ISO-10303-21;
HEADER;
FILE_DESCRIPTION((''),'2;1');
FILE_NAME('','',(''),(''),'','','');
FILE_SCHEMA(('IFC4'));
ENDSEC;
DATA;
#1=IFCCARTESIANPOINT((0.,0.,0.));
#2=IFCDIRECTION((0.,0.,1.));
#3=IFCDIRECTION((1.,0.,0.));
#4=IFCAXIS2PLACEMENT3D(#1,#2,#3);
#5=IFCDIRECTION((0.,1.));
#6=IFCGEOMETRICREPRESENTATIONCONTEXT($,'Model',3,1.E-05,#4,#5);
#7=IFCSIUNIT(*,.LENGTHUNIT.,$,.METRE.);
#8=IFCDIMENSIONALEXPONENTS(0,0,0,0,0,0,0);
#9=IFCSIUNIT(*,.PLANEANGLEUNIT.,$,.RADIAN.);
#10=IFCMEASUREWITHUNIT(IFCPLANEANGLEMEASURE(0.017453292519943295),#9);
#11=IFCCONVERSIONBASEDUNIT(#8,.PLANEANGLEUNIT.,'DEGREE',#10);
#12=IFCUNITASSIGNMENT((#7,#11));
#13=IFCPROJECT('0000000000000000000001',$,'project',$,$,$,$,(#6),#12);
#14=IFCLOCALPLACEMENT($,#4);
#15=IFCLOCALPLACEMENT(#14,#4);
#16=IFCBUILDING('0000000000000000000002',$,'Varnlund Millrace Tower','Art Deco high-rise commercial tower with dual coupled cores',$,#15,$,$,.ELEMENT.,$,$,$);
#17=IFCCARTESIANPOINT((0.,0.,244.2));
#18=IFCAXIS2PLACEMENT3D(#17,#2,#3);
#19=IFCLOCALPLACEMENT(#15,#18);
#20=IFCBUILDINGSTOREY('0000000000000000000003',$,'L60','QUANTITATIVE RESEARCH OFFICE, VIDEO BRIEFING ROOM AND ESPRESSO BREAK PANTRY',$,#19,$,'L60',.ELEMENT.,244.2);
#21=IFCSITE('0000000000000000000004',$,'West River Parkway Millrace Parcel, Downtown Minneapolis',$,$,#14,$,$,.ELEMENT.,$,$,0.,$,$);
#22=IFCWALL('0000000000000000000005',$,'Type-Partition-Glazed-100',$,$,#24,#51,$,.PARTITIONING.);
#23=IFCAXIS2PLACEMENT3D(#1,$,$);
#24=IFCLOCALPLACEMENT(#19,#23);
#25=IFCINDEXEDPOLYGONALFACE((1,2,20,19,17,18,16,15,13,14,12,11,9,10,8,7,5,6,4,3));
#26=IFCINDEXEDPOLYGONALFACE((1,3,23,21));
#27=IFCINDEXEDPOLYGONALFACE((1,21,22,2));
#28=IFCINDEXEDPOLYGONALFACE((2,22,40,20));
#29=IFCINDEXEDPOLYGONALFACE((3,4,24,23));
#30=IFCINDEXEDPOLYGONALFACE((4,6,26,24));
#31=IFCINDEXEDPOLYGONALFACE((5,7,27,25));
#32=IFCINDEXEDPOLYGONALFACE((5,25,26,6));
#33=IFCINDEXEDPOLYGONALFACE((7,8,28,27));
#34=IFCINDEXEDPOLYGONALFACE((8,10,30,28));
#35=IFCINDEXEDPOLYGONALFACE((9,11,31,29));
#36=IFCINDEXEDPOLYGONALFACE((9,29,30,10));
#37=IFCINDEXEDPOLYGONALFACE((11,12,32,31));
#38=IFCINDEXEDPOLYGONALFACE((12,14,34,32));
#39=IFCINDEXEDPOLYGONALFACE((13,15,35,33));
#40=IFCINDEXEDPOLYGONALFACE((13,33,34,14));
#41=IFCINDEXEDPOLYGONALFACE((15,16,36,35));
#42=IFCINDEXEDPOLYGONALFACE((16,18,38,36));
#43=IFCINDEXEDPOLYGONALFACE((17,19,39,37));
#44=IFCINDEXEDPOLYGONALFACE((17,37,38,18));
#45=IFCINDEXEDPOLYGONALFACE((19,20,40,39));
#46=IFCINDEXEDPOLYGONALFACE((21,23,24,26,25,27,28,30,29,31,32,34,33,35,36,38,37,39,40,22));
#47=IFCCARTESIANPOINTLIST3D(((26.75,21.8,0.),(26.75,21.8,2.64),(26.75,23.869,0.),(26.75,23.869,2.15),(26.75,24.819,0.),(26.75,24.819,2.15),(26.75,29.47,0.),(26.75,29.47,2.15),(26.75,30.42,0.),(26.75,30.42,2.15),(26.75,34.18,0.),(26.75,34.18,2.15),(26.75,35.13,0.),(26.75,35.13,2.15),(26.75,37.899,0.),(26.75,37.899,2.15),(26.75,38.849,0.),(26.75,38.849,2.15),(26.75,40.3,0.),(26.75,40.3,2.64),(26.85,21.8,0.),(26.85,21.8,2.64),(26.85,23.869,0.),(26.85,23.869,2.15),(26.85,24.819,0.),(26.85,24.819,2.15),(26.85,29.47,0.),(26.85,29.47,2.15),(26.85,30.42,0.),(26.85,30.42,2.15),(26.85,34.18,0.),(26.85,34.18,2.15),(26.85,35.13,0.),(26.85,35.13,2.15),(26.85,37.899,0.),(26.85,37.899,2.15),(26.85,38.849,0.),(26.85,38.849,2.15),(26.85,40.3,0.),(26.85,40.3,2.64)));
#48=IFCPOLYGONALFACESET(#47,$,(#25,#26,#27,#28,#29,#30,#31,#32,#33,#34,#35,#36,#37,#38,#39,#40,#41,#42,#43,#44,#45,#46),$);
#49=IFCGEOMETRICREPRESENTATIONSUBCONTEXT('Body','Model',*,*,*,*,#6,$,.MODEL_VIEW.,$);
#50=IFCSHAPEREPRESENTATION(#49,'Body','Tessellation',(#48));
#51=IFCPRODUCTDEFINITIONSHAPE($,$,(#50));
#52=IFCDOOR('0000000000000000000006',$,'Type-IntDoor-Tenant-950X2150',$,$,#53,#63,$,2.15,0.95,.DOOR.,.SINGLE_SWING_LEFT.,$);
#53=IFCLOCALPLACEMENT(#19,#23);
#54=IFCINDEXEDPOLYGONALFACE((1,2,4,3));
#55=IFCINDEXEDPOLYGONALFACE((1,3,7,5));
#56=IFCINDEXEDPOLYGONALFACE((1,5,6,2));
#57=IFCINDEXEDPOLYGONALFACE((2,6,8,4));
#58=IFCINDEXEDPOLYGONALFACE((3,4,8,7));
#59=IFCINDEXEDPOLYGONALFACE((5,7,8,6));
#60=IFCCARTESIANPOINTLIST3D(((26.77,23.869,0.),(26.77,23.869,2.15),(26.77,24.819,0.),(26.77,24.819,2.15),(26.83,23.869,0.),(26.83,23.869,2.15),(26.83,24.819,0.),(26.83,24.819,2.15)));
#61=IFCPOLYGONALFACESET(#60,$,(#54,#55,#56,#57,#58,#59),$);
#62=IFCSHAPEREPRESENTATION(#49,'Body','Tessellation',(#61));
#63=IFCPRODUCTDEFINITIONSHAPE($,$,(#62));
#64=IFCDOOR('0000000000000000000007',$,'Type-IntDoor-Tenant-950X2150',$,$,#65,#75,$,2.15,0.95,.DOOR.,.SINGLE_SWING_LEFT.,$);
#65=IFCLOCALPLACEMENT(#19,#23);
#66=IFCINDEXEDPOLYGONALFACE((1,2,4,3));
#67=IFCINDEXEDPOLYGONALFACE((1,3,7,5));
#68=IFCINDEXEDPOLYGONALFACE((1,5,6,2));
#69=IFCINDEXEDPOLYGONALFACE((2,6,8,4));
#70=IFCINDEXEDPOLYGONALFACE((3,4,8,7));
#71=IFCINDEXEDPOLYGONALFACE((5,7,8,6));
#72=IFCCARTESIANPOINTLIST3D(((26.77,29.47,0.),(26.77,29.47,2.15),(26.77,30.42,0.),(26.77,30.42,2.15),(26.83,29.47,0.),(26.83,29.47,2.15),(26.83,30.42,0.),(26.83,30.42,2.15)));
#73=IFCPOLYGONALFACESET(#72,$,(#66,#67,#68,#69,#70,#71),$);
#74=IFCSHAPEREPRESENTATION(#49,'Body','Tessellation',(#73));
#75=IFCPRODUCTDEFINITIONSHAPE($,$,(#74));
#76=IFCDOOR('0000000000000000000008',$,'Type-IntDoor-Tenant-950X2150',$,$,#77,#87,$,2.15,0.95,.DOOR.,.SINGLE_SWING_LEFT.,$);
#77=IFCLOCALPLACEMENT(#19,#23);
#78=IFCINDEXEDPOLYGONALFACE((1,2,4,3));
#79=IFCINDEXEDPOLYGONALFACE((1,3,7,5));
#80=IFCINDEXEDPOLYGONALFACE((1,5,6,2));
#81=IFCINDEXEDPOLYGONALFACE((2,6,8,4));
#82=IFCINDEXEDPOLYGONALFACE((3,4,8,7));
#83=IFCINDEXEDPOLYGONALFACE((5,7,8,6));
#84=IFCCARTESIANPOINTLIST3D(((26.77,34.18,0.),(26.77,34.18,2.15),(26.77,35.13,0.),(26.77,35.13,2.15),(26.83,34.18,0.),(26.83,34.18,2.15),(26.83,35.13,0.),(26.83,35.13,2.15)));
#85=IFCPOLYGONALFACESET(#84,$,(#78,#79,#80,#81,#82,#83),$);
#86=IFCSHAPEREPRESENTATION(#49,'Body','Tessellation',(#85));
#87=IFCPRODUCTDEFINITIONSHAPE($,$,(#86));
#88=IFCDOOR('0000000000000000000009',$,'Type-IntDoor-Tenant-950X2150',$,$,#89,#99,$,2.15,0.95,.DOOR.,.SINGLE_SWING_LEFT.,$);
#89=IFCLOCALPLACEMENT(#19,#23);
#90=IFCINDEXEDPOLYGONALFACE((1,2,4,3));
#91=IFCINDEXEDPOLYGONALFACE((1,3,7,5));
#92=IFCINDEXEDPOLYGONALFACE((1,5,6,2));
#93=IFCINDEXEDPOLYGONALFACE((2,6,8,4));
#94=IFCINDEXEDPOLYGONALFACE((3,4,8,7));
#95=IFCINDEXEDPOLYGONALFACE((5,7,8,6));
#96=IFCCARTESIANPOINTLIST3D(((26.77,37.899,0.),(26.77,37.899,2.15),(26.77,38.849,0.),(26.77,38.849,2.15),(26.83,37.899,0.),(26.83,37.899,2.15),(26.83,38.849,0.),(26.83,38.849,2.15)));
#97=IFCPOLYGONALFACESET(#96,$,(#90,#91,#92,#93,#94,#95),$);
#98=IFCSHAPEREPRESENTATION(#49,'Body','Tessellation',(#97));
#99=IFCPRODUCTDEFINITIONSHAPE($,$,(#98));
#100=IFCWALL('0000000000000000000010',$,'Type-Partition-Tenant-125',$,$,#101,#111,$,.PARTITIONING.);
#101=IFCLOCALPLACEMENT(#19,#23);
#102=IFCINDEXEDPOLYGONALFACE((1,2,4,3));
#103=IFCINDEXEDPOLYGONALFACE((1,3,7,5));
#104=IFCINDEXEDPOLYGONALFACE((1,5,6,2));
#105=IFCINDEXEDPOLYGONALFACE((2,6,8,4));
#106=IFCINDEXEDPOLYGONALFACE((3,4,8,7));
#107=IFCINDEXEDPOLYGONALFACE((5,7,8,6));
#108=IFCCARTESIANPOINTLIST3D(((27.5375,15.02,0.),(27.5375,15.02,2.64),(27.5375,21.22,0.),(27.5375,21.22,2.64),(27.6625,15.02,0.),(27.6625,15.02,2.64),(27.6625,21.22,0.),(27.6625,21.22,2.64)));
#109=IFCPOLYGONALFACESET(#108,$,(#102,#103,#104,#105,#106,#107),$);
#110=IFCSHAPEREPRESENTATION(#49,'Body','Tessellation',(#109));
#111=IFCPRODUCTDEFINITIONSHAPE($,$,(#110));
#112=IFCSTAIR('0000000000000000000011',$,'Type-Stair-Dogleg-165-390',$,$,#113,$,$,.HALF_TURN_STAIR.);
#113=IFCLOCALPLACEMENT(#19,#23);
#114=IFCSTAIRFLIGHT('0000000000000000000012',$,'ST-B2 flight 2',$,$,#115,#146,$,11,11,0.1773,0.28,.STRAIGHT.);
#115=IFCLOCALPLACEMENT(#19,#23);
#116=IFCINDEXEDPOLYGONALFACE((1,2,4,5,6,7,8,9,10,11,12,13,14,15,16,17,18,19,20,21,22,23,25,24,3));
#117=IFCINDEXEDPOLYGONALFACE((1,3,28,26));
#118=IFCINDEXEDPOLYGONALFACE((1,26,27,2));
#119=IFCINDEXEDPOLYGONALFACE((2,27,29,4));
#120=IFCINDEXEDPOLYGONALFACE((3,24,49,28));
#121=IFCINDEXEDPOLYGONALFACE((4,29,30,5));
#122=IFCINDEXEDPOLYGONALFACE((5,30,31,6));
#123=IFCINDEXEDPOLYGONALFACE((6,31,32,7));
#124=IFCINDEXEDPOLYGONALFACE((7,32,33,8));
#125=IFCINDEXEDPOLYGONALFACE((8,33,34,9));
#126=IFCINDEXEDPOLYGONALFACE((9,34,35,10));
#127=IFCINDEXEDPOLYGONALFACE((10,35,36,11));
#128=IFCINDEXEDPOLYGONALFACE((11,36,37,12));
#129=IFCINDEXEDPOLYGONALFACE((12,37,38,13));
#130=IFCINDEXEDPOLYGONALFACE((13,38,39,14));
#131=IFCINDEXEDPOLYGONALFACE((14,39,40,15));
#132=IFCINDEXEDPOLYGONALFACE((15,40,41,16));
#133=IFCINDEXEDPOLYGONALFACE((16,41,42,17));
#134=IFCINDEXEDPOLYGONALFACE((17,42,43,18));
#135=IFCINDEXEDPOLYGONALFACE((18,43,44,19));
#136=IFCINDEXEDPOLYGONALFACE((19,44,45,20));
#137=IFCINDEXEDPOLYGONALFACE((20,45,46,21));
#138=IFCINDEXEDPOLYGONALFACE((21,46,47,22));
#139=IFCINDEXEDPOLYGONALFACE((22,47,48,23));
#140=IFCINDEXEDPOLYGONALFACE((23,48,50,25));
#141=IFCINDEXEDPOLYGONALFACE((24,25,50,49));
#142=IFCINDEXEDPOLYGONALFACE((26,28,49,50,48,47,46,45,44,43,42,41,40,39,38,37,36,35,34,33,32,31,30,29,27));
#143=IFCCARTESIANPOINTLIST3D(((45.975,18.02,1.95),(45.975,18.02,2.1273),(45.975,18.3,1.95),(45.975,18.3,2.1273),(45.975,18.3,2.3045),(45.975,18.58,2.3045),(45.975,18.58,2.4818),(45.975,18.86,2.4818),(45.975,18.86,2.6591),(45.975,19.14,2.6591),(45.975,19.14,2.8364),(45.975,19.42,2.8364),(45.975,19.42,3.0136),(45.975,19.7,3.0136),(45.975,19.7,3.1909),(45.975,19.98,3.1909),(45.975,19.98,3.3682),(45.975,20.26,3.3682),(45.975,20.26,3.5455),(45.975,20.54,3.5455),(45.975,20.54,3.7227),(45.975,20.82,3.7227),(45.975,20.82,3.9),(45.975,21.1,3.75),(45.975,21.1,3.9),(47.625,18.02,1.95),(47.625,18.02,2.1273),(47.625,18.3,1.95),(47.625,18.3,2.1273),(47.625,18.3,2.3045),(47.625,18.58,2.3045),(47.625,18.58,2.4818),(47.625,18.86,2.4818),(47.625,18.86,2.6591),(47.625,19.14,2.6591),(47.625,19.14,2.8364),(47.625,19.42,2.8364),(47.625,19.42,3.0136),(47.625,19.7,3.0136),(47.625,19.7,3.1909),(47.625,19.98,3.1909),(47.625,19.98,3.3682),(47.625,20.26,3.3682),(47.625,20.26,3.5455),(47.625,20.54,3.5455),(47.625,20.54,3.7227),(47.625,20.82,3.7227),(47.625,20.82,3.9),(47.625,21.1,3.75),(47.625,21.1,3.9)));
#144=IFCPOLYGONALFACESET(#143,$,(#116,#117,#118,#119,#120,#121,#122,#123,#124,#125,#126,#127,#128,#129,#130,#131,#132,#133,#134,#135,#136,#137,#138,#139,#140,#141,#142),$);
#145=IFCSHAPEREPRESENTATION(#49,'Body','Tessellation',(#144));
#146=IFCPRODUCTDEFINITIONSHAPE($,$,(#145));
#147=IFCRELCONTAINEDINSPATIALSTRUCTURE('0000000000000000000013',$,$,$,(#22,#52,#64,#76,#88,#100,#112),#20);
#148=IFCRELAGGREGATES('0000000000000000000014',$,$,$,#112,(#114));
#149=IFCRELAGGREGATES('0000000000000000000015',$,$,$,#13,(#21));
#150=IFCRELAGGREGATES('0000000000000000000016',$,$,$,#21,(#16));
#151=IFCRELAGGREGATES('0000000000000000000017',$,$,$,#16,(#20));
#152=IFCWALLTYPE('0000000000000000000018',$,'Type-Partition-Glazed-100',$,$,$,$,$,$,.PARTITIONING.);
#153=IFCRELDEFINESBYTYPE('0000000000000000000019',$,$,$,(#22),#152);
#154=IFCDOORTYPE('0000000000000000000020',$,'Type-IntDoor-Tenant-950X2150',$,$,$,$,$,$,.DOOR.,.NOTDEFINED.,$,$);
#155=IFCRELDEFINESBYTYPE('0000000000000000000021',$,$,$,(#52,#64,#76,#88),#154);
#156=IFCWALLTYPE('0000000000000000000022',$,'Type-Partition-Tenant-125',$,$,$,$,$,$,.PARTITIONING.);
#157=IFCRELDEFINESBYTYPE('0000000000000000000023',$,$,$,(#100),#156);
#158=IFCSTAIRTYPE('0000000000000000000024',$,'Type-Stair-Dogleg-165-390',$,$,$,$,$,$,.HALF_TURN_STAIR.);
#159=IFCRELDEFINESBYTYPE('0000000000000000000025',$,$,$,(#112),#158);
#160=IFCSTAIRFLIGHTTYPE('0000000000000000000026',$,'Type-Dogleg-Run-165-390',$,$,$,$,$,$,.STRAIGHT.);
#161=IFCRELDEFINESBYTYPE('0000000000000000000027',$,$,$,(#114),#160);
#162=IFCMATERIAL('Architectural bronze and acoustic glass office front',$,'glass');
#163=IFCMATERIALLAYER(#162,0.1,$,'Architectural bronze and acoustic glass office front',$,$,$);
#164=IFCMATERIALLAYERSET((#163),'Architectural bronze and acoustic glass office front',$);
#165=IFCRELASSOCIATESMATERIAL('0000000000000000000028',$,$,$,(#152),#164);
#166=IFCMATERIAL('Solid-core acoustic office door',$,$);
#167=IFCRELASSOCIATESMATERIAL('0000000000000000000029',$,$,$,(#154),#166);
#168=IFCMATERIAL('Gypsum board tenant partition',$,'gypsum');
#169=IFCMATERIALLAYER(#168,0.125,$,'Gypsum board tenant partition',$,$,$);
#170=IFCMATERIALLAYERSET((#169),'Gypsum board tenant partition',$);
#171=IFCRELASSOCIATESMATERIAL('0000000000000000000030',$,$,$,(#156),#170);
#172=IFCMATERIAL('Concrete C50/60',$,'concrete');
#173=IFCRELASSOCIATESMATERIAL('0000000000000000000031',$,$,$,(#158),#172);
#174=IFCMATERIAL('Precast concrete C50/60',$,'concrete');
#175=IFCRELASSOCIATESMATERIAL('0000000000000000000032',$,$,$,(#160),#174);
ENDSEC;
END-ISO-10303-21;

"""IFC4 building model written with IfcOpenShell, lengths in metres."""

from ifc_helpers import new_model, entity, si_unit, converted_unit, direction, frame, origin_with_axes, origin_2d_with_axis, place, context, subcontext, project, spatial, polyline, rectangle, outline, extrude, material, layer, layer_set, type_object, element, fill, aggregate, save


model = new_model("IFC4")

# Units and contexts
model_context = context("Model", 3, precision=1e-05, world=origin_with_axes(), true_north=direction((0.0, 1.0)))
body_context = subcontext(model_context, "Body", "Model", "MODEL_VIEW")
ifc_project = project(units=[si_unit("LENGTHUNIT", "METRE"), converted_unit("PLANEANGLEUNIT", "DEGREE", entity("IfcPlaneAngleMeasure", 0.017453292519943295), si_unit("PLANEANGLEUNIT", "RADIAN"), dimensions=[0, 0, 0, 0, 0, 0, 0])], contexts=[model_context])

# Site, building, storey
site_placement = place(None, origin_with_axes())
site = spatial("IfcSite", under=ifc_project, at=site_placement, Name="West River Parkway Millrace Parcel, Downtown Minneapolis", CompositionType="ELEMENT", RefElevation=0.0)
building_placement = place(site_placement, origin_with_axes())
building = spatial("IfcBuilding", under=site, at=building_placement, Name="Varnlund Millrace Tower", Description="Art Deco high-rise commercial tower with dual coupled cores", CompositionType="ELEMENT")
storey_placement = place(building_placement, frame((0.0, 0.0, 244.2), z_axis=(0.0, 0.0, 1.0), x_axis=(1.0, 0.0, 0.0)))
storey = spatial("IfcBuildingStorey", under=building, at=storey_placement, Name="L60", Description="QUANTITATIVE RESEARCH OFFICE, VIDEO BRIEFING ROOM AND ESPRESSO BREAK PANTRY", LongName="L60", CompositionType="ELEMENT", Elevation=244.2)

# Shared definitions
ifc_material_1 = material(Name="Precast concrete C50/60", Category="concrete")

# Wall, openings, doors
ifc_material_2 = material(Name="Architectural bronze and acoustic glass office front", Category="glass")
ifc_layer_1 = layer(ifc_material_2, 0.1, Name="Architectural bronze and acoustic glass office front")
ifc_layer_set_1 = layer_set([ifc_layer_1], Name="Architectural bronze and acoustic glass office front")
wall_type_1 = type_object("IfcWallType", Name="Type-Partition-Glazed-100", PredefinedType="PARTITIONING", material=ifc_layer_set_1)
wall_1_placement = place(storey_placement, frame((26.8, 21.8, 0.0), z_axis=(0.0, 0.0, 1.0), x_axis=(0.0, 1.0, 0.0)))
wall_1 = element("IfcWall", 1, at=wall_1_placement, inside=storey, type_object=wall_type_1, Name="Type-Partition-Glazed-100", PredefinedType="PARTITIONING", context=body_context, shape_type="SweptSolid", body=[
    extrude(outline(polyline([(0.0, -0.05), (18.5, -0.05), (18.5, 0.05), (0.0, 0.05), (0.0, -0.05)])), origin_with_axes(), (0.0, 0.0, 1.0), 2.64),
])
opening_1_placement = place(wall_1_placement, frame((2.544, 0.0, 0.0), z_axis=(0.0, 0.0, 1.0), x_axis=(1.0, 0.0, 0.0)))
opening_1 = element("IfcOpeningElement", 2, at=opening_1_placement, cuts=wall_1, PredefinedType="OPENING", context=body_context, shape_type="SweptSolid", body=[
    extrude(rectangle(XDim=0.95, YDim=0.12, at=origin_2d_with_axis()), origin_with_axes(), (0.0, 0.0, 1.0), 2.15),
])
opening_2_placement = place(wall_1_placement, frame((8.145, 0.0, 0.0), z_axis=(0.0, 0.0, 1.0), x_axis=(1.0, 0.0, 0.0)))
opening_2 = element("IfcOpeningElement", 3, at=opening_2_placement, cuts=wall_1, PredefinedType="OPENING", context=body_context, shape_type="SweptSolid", body=[
    extrude(rectangle(XDim=0.95, YDim=0.12, at=origin_2d_with_axis()), origin_with_axes(), (0.0, 0.0, 1.0), 2.15),
])
opening_3_placement = place(wall_1_placement, frame((12.855, 0.0, 0.0), z_axis=(0.0, 0.0, 1.0), x_axis=(1.0, 0.0, 0.0)))
opening_3 = element("IfcOpeningElement", 4, at=opening_3_placement, cuts=wall_1, PredefinedType="OPENING", context=body_context, shape_type="SweptSolid", body=[
    extrude(rectangle(XDim=0.95, YDim=0.12, at=origin_2d_with_axis()), origin_with_axes(), (0.0, 0.0, 1.0), 2.15),
])
opening_4_placement = place(wall_1_placement, frame((16.574, 0.0, 0.0), z_axis=(0.0, 0.0, 1.0), x_axis=(1.0, 0.0, 0.0)))
opening_4 = element("IfcOpeningElement", 5, at=opening_4_placement, cuts=wall_1, PredefinedType="OPENING", context=body_context, shape_type="SweptSolid", body=[
    extrude(rectangle(XDim=0.95, YDim=0.12, at=origin_2d_with_axis()), origin_with_axes(), (0.0, 0.0, 1.0), 2.15),
])
ifc_material_3 = material(Name="Solid-core acoustic office door")
door_type = type_object("IfcDoorType", Name="Type-IntDoor-Tenant-950X2150", OperationType="NOTDEFINED", PredefinedType="DOOR", material=ifc_material_3)
door_1_placement = place(wall_1_placement, frame((2.544, 0.0, 0.0), z_axis=(0.0, 0.0, 1.0), x_axis=(1.0, 0.0, 0.0)))
door_1 = element("IfcDoor", 6, at=door_1_placement, inside=storey, type_object=door_type, Name="Type-IntDoor-Tenant-950X2150", OperationType="SINGLE_SWING_LEFT", OverallHeight=2.15, OverallWidth=0.95, PredefinedType="DOOR", context=body_context, shape_type="SweptSolid", body=[
    extrude(rectangle(XDim=0.95, YDim=0.06, at=origin_2d_with_axis()), origin_with_axes(), (0.0, 0.0, 1.0), 2.15),
])
fill(opening_1, door_1)
door_2_placement = place(wall_1_placement, frame((8.145, 0.0, 0.0), z_axis=(0.0, 0.0, 1.0), x_axis=(1.0, 0.0, 0.0)))
door_2 = element("IfcDoor", 7, at=door_2_placement, inside=storey, type_object=door_type, Name="Type-IntDoor-Tenant-950X2150", OperationType="SINGLE_SWING_LEFT", OverallHeight=2.15, OverallWidth=0.95, PredefinedType="DOOR", context=body_context, shape_type="SweptSolid", body=[
    extrude(rectangle(XDim=0.95, YDim=0.06, at=origin_2d_with_axis()), origin_with_axes(), (0.0, 0.0, 1.0), 2.15),
])
fill(opening_2, door_2)
door_3_placement = place(wall_1_placement, frame((12.855, 0.0, 0.0), z_axis=(0.0, 0.0, 1.0), x_axis=(1.0, 0.0, 0.0)))
door_3 = element("IfcDoor", 8, at=door_3_placement, inside=storey, type_object=door_type, Name="Type-IntDoor-Tenant-950X2150", OperationType="SINGLE_SWING_LEFT", OverallHeight=2.15, OverallWidth=0.95, PredefinedType="DOOR", context=body_context, shape_type="SweptSolid", body=[
    extrude(rectangle(XDim=0.95, YDim=0.06, at=origin_2d_with_axis()), origin_with_axes(), (0.0, 0.0, 1.0), 2.15),
])
fill(opening_3, door_3)
door_4_placement = place(wall_1_placement, frame((16.574, 0.0, 0.0), z_axis=(0.0, 0.0, 1.0), x_axis=(1.0, 0.0, 0.0)))
door_4 = element("IfcDoor", 9, at=door_4_placement, inside=storey, type_object=door_type, Name="Type-IntDoor-Tenant-950X2150", OperationType="SINGLE_SWING_LEFT", OverallHeight=2.15, OverallWidth=0.95, PredefinedType="DOOR", context=body_context, shape_type="SweptSolid", body=[
    extrude(rectangle(XDim=0.95, YDim=0.06, at=origin_2d_with_axis()), origin_with_axes(), (0.0, 0.0, 1.0), 2.15),
])
fill(opening_4, door_4)

# Wall
ifc_material_4 = material(Name="Gypsum board tenant partition", Category="gypsum")
ifc_layer_2 = layer(ifc_material_4, 0.125, Name="Gypsum board tenant partition")
ifc_layer_set_2 = layer_set([ifc_layer_2], Name="Gypsum board tenant partition")
wall_type_2 = type_object("IfcWallType", Name="Type-Partition-Tenant-125", PredefinedType="PARTITIONING", material=ifc_layer_set_2)
wall_2_placement = place(storey_placement, frame((27.6, 15.02, 0.0), z_axis=(0.0, 0.0, 1.0), x_axis=(0.0, 1.0, 0.0)))
element("IfcWall", 10, at=wall_2_placement, inside=storey, type_object=wall_type_2, Name="Type-Partition-Tenant-125", PredefinedType="PARTITIONING", context=body_context, shape_type="SweptSolid", body=[
    extrude(outline(polyline([(0.0, -0.0625), (6.2, -0.0625), (6.2, 0.0625), (0.0, 0.0625), (0.0, -0.0625)])), origin_with_axes(), (0.0, 0.0, 1.0), 2.64),
])

# Stair, stair flight
ifc_material_5 = material(Name="Concrete C50/60", Category="concrete")
stair_type = type_object("IfcStairType", Name="Type-Stair-Dogleg-165-390", PredefinedType="HALF_TURN_STAIR", material=ifc_material_5)
stair_placement = place(storey_placement, origin_with_axes())
stair = element("IfcStair", 11, at=stair_placement, inside=storey, type_object=stair_type, Name="Type-Stair-Dogleg-165-390", PredefinedType="HALF_TURN_STAIR")
stair_flight_type = type_object("IfcStairFlightType", Name="Type-Dogleg-Run-165-390", PredefinedType="STRAIGHT", material=ifc_material_1)
stair_flight_placement = place(storey_placement, frame((45.975, 18.02, 1.95), z_axis=(1.0, 0.0, 0.0), x_axis=(0.0, 1.0, 0.0)))
stair_flight = element("IfcStairFlight", 12, at=stair_flight_placement, type_object=stair_flight_type, Name="ST-B2 flight 2", NumberOfRisers=11, NumberOfTreads=11, PredefinedType="STRAIGHT", RiserHeight=0.1773, TreadLength=0.28, context=body_context, shape_type="SweptSolid", body=[
    extrude(outline(polyline([(0.0, 0.0), (0.0, 0.1773), (0.28, 0.1773), (0.28, 0.3545), (0.56, 0.3545), (0.56, 0.5318), (0.84, 0.5318), (0.84, 0.7091), (1.12, 0.7091), (1.12, 0.8864), (1.4, 0.8864), (1.4, 1.0636), (1.68, 1.0636), (1.68, 1.2409), (1.96, 1.2409), (1.96, 1.4182), (2.24, 1.4182), (2.24, 1.5955), (2.52, 1.5955), (2.52, 1.7727), (2.8, 1.7727), (2.8, 1.95), (3.08, 1.95), (3.08, 1.8), (0.28, 0.0), (0.0, 0.0)])), origin_with_axes(), (0.0, 0.0, 1.0), 1.65),
])
aggregate(stair, [stair_flight])

save(model, "model.ifc")
